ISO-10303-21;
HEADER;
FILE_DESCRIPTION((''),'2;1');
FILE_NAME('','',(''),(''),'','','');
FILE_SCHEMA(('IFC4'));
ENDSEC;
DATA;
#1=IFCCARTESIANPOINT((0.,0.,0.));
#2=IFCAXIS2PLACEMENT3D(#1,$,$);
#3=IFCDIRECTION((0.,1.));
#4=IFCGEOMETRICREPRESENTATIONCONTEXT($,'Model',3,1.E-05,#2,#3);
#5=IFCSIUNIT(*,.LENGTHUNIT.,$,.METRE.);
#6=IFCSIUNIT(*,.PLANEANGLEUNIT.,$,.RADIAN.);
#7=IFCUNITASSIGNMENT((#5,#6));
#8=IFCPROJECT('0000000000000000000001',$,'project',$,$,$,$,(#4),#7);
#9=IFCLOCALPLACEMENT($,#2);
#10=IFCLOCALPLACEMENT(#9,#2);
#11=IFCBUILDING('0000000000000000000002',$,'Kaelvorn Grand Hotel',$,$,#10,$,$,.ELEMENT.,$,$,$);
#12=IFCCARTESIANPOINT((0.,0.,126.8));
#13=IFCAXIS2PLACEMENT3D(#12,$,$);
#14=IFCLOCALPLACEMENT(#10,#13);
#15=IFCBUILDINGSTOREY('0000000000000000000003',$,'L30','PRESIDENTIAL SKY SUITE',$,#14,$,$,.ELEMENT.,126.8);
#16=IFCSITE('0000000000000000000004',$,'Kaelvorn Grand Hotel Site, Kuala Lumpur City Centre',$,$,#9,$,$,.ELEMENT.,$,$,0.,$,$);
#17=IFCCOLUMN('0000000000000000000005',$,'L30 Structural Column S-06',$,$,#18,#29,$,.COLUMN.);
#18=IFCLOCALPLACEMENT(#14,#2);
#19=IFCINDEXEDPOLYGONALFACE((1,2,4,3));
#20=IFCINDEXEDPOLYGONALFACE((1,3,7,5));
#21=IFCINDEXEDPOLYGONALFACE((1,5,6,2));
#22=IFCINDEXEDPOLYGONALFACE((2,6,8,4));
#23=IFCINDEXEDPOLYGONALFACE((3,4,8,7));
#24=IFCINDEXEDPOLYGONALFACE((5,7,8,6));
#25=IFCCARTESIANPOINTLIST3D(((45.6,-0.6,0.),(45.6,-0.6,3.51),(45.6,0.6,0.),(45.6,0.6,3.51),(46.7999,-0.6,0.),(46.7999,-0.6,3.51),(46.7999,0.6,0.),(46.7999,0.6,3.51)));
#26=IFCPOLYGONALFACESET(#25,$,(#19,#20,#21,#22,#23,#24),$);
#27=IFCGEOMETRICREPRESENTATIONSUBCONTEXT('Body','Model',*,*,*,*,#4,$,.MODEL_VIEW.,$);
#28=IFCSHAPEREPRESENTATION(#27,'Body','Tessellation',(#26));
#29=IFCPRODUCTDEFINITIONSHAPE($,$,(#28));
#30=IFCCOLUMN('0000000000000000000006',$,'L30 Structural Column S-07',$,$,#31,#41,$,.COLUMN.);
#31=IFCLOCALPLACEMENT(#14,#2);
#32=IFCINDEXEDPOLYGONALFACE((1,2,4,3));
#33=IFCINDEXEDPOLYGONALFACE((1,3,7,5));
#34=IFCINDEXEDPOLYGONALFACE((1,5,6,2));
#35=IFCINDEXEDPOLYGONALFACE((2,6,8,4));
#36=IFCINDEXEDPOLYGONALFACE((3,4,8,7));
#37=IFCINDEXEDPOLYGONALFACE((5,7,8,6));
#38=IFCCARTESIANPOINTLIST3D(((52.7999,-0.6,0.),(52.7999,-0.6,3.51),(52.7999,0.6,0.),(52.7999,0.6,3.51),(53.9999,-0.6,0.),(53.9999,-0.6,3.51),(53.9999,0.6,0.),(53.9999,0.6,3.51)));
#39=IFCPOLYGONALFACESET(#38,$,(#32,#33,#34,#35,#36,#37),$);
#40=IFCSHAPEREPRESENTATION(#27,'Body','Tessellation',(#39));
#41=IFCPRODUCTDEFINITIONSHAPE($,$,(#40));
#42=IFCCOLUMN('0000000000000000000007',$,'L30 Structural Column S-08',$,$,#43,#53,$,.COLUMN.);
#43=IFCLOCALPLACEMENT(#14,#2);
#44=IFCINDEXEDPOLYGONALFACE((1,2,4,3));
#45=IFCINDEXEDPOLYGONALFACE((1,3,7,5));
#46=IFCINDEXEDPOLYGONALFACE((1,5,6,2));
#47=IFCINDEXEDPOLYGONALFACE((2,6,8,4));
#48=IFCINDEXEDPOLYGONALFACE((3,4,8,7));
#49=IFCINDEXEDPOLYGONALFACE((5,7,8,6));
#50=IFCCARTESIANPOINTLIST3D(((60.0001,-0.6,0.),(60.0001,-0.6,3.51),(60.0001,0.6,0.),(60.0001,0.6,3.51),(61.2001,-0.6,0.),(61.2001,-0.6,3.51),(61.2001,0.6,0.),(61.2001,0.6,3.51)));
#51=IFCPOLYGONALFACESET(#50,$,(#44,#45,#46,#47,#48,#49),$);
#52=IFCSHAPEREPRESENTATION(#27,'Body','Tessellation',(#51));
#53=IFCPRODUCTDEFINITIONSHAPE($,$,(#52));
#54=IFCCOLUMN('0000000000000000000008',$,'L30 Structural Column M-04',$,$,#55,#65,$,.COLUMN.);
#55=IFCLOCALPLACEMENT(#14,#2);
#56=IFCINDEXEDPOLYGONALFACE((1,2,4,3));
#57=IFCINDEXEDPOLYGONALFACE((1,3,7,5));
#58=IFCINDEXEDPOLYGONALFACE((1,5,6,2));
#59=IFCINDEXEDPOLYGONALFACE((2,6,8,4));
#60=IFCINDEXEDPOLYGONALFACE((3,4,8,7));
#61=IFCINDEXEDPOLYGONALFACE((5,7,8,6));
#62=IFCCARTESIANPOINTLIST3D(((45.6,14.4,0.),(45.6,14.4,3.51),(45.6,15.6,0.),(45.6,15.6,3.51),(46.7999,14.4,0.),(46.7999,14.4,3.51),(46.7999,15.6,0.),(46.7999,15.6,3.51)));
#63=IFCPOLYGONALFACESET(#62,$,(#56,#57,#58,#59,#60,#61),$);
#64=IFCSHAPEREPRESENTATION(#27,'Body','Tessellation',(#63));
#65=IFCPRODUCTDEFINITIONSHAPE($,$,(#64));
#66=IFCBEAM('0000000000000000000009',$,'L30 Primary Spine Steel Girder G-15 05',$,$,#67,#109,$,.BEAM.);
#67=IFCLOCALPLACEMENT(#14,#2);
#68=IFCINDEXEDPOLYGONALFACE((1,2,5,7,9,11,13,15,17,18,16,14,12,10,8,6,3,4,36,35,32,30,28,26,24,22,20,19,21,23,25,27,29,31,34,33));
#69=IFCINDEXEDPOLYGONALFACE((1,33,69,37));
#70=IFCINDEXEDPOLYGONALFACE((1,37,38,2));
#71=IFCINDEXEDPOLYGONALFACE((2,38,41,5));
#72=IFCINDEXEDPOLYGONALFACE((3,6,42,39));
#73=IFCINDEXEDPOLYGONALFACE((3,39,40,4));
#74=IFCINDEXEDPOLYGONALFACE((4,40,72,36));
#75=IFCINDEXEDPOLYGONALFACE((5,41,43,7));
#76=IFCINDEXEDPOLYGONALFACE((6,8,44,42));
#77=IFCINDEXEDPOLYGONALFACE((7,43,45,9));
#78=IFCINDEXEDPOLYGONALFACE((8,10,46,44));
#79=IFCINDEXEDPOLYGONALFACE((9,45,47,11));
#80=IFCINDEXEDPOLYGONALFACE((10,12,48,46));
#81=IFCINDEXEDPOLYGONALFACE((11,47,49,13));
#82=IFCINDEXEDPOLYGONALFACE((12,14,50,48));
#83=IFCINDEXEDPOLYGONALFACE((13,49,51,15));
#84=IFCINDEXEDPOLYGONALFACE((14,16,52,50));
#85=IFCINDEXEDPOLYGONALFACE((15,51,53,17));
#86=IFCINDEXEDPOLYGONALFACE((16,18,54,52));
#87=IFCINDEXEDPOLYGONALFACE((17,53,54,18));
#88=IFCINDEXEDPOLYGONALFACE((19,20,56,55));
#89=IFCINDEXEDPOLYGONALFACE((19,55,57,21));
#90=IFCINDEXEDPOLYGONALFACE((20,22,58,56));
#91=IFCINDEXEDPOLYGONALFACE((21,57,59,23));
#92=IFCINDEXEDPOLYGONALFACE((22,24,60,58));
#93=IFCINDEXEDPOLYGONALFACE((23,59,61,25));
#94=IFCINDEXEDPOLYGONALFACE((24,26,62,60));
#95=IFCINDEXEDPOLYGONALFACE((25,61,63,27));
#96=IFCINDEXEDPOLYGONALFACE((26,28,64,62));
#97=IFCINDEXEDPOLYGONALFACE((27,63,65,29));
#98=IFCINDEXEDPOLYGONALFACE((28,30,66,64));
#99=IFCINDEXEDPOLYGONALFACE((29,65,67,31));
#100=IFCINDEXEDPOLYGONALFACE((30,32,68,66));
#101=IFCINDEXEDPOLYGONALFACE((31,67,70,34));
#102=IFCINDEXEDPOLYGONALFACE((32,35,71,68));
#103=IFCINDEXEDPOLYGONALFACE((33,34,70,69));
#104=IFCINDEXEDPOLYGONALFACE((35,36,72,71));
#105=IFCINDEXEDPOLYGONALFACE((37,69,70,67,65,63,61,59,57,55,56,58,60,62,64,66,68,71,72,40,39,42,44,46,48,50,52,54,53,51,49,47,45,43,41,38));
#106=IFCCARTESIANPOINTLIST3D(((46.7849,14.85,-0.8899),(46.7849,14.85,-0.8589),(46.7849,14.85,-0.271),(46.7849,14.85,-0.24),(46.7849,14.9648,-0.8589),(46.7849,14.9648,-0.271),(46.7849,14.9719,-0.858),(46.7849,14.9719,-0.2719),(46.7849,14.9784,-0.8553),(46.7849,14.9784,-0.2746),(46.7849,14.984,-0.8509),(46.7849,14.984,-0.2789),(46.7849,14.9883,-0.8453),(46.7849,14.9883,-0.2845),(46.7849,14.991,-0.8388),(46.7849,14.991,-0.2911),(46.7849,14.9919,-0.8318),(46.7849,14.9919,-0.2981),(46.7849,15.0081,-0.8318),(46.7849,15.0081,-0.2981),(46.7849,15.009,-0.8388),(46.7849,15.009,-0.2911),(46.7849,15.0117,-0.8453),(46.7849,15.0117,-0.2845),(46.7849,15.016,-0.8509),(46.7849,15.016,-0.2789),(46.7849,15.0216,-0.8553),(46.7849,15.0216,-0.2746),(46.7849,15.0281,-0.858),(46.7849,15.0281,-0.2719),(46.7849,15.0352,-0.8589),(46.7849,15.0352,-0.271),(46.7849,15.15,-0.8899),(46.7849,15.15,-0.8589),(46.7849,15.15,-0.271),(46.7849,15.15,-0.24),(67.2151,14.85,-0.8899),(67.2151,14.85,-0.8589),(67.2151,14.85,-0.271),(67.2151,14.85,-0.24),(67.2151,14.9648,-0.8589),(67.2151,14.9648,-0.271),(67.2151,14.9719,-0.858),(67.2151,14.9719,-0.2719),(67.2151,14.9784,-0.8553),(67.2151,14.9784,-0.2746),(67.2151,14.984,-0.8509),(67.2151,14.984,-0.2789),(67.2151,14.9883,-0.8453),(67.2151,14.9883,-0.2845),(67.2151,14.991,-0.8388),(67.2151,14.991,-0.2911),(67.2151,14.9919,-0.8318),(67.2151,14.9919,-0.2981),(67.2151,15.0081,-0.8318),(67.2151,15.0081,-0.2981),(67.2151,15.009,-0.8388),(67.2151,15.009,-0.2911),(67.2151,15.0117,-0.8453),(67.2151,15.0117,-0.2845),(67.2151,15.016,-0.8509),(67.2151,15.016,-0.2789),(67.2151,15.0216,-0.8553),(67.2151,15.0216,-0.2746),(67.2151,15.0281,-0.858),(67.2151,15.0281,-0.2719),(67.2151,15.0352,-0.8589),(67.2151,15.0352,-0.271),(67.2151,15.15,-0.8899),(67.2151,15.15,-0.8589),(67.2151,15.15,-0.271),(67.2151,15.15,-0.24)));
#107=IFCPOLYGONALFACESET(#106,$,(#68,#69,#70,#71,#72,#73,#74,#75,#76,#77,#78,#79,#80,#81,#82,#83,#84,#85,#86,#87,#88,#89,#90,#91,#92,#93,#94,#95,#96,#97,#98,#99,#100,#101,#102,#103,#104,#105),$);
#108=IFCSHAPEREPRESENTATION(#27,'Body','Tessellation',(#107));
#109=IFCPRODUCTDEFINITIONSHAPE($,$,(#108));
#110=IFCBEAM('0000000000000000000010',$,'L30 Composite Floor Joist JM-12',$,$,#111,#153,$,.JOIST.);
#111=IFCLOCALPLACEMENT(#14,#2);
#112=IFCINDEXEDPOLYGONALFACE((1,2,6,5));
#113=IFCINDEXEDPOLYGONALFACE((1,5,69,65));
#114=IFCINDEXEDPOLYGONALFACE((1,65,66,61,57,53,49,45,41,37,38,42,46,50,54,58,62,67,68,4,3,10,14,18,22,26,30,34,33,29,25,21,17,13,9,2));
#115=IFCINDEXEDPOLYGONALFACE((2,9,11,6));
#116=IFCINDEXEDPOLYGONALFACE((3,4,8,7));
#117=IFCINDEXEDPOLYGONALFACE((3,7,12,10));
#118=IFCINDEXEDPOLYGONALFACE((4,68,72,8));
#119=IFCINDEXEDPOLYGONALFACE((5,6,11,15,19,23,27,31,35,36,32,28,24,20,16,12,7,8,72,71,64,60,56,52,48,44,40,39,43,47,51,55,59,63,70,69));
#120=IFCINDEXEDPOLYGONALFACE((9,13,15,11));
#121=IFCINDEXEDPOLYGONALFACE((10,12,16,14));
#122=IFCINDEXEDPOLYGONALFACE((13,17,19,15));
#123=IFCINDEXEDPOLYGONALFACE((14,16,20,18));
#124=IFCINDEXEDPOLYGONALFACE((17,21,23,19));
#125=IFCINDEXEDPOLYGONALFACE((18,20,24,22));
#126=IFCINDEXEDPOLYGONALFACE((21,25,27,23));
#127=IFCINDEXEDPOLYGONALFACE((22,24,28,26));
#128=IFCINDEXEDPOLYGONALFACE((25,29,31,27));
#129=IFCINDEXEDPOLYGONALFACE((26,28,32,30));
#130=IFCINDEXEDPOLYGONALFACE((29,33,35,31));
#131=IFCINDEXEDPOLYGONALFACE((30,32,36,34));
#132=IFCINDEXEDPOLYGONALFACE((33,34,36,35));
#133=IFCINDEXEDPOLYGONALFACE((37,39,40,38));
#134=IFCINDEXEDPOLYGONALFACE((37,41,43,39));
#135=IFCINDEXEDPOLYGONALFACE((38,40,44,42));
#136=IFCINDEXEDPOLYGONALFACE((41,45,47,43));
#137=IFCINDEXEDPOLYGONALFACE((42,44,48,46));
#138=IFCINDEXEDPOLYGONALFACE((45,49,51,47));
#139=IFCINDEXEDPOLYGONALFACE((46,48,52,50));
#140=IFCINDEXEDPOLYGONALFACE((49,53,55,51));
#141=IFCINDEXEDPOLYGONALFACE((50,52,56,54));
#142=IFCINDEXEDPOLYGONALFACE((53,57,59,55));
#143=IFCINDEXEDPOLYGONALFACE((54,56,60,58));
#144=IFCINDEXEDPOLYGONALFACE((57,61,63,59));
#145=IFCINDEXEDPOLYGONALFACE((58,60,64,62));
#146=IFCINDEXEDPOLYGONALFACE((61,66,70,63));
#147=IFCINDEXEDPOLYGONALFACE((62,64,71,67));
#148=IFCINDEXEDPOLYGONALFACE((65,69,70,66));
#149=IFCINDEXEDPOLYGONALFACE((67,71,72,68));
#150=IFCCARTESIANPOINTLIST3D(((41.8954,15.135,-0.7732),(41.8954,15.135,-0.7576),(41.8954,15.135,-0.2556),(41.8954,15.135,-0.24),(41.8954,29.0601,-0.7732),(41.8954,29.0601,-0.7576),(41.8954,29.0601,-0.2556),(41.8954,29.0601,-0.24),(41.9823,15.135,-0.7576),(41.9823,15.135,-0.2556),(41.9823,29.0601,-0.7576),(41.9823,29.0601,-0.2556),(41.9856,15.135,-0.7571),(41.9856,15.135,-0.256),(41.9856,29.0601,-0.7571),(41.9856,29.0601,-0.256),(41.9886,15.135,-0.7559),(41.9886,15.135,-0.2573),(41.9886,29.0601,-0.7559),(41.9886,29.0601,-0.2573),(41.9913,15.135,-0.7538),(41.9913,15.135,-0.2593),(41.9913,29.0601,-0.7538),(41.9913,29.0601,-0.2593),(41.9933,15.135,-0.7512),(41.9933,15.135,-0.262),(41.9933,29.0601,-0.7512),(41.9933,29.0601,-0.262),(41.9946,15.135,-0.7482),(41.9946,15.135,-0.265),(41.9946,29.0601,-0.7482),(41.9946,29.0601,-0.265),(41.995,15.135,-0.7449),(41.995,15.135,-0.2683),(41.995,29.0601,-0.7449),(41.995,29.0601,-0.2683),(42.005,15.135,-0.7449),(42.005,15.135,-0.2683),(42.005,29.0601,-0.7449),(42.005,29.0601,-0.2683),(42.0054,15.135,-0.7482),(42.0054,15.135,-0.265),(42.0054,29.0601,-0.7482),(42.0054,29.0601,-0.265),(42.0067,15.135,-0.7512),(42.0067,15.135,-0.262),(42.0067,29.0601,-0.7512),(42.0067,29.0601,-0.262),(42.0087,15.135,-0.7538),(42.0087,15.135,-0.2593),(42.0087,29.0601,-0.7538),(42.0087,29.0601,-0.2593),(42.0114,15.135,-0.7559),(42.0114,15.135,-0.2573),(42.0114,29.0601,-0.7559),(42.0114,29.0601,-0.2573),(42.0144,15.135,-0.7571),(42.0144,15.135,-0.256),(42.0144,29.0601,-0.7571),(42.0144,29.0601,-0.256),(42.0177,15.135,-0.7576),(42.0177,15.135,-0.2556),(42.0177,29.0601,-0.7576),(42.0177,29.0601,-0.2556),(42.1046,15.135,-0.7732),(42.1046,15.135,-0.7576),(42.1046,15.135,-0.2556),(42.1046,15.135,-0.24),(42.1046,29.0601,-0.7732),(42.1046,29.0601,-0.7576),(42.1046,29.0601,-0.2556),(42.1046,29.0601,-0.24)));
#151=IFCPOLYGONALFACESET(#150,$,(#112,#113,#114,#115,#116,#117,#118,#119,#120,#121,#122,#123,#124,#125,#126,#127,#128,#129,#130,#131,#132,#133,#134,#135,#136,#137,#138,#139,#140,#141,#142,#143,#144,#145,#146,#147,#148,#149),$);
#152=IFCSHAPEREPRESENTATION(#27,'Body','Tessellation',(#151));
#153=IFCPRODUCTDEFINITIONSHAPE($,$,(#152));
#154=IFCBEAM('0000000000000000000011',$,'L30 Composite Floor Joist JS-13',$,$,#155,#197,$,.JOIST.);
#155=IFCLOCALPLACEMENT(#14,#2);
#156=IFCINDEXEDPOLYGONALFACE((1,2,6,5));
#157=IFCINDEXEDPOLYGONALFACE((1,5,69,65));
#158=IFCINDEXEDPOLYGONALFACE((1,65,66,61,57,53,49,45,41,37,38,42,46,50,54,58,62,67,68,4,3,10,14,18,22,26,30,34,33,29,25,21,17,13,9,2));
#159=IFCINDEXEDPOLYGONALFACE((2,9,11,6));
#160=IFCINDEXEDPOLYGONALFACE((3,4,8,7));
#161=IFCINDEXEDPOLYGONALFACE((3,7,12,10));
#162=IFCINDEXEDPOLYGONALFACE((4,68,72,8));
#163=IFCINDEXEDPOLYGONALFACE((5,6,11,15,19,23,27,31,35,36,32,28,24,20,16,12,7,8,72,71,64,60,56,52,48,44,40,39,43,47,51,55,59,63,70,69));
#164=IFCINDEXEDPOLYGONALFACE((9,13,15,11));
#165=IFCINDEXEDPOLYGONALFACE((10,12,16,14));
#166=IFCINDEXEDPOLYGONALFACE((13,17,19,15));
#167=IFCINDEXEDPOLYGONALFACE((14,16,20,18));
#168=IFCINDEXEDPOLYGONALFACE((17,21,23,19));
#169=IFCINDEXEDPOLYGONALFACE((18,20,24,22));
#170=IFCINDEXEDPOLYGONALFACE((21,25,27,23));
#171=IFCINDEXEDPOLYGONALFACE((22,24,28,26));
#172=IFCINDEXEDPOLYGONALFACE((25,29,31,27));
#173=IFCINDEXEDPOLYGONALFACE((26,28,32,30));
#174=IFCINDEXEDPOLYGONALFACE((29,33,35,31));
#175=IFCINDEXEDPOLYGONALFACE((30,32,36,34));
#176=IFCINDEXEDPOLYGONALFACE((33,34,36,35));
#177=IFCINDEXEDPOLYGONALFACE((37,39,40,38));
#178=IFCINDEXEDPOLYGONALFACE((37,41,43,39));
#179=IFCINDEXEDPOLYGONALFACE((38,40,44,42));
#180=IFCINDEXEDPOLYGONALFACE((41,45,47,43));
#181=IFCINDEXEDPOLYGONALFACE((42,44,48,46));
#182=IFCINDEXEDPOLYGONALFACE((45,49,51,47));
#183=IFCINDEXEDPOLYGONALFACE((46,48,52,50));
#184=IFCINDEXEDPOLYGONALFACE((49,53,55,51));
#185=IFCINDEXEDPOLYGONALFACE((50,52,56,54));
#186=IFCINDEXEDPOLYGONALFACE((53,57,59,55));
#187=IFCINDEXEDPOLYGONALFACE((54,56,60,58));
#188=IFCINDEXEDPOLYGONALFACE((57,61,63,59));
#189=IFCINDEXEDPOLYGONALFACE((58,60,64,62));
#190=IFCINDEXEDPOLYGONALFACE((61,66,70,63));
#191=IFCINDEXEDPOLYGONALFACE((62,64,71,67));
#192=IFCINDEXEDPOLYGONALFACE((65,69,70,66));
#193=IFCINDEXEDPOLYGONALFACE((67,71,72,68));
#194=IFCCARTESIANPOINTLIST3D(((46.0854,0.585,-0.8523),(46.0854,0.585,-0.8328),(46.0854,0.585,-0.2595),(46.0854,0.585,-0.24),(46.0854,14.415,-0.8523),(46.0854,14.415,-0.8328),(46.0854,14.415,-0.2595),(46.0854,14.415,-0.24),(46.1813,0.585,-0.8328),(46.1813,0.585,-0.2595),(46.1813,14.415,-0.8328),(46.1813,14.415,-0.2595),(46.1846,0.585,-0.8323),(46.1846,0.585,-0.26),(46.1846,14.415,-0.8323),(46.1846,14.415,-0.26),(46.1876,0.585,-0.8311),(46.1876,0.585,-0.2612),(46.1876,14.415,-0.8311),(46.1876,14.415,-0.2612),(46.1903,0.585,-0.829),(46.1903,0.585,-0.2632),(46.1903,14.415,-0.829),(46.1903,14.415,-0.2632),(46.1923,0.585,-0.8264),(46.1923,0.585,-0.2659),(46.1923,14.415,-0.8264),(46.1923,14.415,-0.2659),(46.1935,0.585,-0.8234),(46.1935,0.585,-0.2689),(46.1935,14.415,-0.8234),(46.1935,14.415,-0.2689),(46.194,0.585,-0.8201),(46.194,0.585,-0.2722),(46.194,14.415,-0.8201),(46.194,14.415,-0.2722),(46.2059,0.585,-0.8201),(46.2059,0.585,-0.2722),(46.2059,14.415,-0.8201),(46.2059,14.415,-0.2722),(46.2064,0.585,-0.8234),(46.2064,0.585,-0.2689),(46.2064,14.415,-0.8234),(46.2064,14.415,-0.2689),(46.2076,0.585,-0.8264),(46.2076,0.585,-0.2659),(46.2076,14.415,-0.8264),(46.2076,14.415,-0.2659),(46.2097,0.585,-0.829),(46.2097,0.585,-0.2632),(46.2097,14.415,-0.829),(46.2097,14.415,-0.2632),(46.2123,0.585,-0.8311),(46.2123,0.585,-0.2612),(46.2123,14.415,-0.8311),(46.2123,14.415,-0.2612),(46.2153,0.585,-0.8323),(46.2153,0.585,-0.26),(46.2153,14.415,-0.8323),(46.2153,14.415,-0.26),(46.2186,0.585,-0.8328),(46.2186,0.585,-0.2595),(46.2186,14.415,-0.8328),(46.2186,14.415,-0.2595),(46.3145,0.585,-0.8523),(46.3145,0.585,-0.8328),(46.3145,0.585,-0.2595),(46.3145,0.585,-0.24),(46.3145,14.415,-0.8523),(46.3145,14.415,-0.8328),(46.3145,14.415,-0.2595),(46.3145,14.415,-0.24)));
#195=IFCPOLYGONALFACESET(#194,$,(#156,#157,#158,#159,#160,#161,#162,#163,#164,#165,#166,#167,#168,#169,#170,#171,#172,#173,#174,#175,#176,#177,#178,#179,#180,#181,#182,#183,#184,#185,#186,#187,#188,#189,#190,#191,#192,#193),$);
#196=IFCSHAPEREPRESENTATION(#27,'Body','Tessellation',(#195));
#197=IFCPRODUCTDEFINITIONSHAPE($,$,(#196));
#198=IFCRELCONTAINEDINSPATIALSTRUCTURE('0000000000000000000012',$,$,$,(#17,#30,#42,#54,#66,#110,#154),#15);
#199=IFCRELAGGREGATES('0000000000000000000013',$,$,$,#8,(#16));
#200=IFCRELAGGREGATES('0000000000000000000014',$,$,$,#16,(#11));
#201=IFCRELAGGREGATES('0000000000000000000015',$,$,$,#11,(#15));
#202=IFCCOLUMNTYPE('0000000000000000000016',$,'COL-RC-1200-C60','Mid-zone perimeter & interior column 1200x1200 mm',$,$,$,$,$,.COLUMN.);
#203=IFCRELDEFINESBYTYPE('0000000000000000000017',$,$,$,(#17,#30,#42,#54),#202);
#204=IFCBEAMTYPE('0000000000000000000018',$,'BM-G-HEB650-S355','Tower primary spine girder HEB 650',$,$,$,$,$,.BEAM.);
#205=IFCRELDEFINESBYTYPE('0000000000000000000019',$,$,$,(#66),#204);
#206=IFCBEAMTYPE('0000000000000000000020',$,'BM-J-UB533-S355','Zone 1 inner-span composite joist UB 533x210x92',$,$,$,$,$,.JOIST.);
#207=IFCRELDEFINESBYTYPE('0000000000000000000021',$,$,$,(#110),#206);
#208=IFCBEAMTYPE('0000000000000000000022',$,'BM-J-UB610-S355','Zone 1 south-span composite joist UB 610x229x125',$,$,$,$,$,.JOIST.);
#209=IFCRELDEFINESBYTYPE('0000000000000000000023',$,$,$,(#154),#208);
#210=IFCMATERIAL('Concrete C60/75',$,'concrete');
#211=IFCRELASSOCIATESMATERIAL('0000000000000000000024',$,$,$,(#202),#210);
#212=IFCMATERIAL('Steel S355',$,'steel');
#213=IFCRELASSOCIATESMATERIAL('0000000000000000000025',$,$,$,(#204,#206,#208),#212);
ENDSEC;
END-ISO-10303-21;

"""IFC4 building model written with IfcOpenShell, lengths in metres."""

from ifc_helpers import new_model, si_unit, direction, frame, origin, origin_2d, place, context, subcontext, project, spatial, rectangle, i_section, extrude, material, material_profile, profile_set, type_object, element, save


model = new_model("IFC4")

# Units and contexts
model_context = context("Model", 3, precision=1e-05, world=origin(), true_north=direction((0.0, 1.0)))
body_context = subcontext(model_context, "Body", "Model", "MODEL_VIEW")
ifc_project = project(units=[si_unit("LENGTHUNIT", "METRE"), si_unit("PLANEANGLEUNIT", "RADIAN")], contexts=[model_context])

# Site, building, storey
site_placement = place(None, origin())
site = spatial("IfcSite", under=ifc_project, at=site_placement, Name="Kaelvorn Grand Hotel Site, Kuala Lumpur City Centre", CompositionType="ELEMENT", RefElevation=0.0)
building_placement = place(site_placement, origin())
building = spatial("IfcBuilding", under=site, at=building_placement, Name="Kaelvorn Grand Hotel", CompositionType="ELEMENT")
storey_placement = place(building_placement, frame((0.0, 0.0, 126.8)))
storey = spatial("IfcBuildingStorey", under=building, at=storey_placement, Name="L30", Description="PRESIDENTIAL SKY SUITE", CompositionType="ELEMENT", Elevation=126.8)

# Columns
ifc_material_1 = material(Name="Concrete C60/75", Category="concrete")
ifc_material_profile_1 = material_profile(ifc_material_1, rectangle(XDim=1.2, YDim=1.2, at=origin_2d()), Name="RC COL 1200x1200")
ifc_profile_set_1 = profile_set([ifc_material_profile_1], Name="Concrete C60/75")
column_type = type_object("IfcColumnType", Name="COL-RC-1200-C60", Description="Mid-zone perimeter & interior column 1200x1200 mm", PredefinedType="COLUMN", material=ifc_profile_set_1)
for number, where, z_axis, x_axis, name in (
    (1, (46.2, 0.0, 0.0), (0.0, 0.0, 1.0), (1.0, 0.0, 0.0), "L30 Structural Column S-06"),
    (2, (53.3999, 0.0, 0.0), (0.0, 0.0, 1.0), (1.0, 0.0, 0.0), "L30 Structural Column S-07"),
    (3, (60.6001, 0.0, 0.0), (0.0, 0.0, 1.0), (1.0, 0.0, 0.0), "L30 Structural Column S-08"),
    (4, (46.2, 15.0, 0.0), (0.0, 0.0, 1.0), (1.0, 0.0, 0.0), "L30 Structural Column M-04"),
):
    element("IfcColumn", number, at=place(storey_placement, frame(where, z_axis=z_axis, x_axis=x_axis)), inside=storey, type_object=column_type, Name=name, PredefinedType="COLUMN", context=body_context, shape_type="SweptSolid", body=[
        extrude(rectangle(XDim=1.2, YDim=1.2, at=origin_2d()), origin(), (0.0, 0.0, 1.0), 3.51),
    ])

# Beams
ifc_material_2 = material(Name="Steel S355", Category="steel")
ifc_material_profile_2 = material_profile(ifc_material_2, i_section(OverallWidth=0.3, OverallDepth=0.6499, WebThickness=0.0161, FlangeThickness=0.031, FilletRadius=0.0271, at=origin_2d()), Name="HEB 650")
ifc_profile_set_2 = profile_set([ifc_material_profile_2], Name="Steel S355")
beam_type_1 = type_object("IfcBeamType", Name="BM-G-HEB650-S355", Description="Tower primary spine girder HEB 650", PredefinedType="BEAM", material=ifc_profile_set_2)
beam_1_placement = place(storey_placement, frame((46.7849, 15.0, -0.5649), z_axis=(1.0, 0.0, 0.0), x_axis=(0.0, 1.0, 0.0)))
element("IfcBeam", 5, at=beam_1_placement, inside=storey, type_object=beam_type_1, Name="L30 Primary Spine Steel Girder G-15 05", PredefinedType="BEAM", context=body_context, shape_type="SweptSolid", body=[
    extrude(i_section(OverallWidth=0.3, OverallDepth=0.6499, WebThickness=0.0161, FlangeThickness=0.031, FilletRadius=0.0271, at=origin_2d()), origin(), (0.0, 0.0, 1.0), 20.4302),
])
ifc_material_profile_3 = material_profile(ifc_material_2, i_section(OverallWidth=0.2092, OverallDepth=0.5332, WebThickness=0.01, FlangeThickness=0.0156, FilletRadius=0.0127, at=origin_2d()), Name="UB 533x210x92")
ifc_profile_set_3 = profile_set([ifc_material_profile_3], Name="Steel S355")
beam_type_2 = type_object("IfcBeamType", Name="BM-J-UB533-S355", Description="Zone 1 inner-span composite joist UB 533x210x92", PredefinedType="JOIST", material=ifc_profile_set_3)
beam_2_placement = place(storey_placement, frame((42.0, 15.135, -0.5066), z_axis=(0.0, 1.0, 0.0), x_axis=(-1.0, 0.0, 0.0)))
element("IfcBeam", 6, at=beam_2_placement, inside=storey, type_object=beam_type_2, Name="L30 Composite Floor Joist JM-12", PredefinedType="JOIST", context=body_context, shape_type="SweptSolid", body=[
    extrude(i_section(OverallWidth=0.2092, OverallDepth=0.5332, WebThickness=0.01, FlangeThickness=0.0156, FilletRadius=0.0127, at=origin_2d()), origin(), (0.0, 0.0, 1.0), 13.925),
])
ifc_material_profile_4 = material_profile(ifc_material_2, i_section(OverallWidth=0.229, OverallDepth=0.6123, WebThickness=0.012, FlangeThickness=0.0195, FilletRadius=0.0127, at=origin_2d()), Name="UB 610x229x125")
ifc_profile_set_4 = profile_set([ifc_material_profile_4], Name="Steel S355")
beam_type_3 = type_object("IfcBeamType", Name="BM-J-UB610-S355", Description="Zone 1 south-span composite joist UB 610x229x125", PredefinedType="JOIST", material=ifc_profile_set_4)
beam_3_placement = place(storey_placement, frame((46.2, 0.585, -0.5461), z_axis=(0.0, 1.0, 0.0), x_axis=(-1.0, 0.0, 0.0)))
element("IfcBeam", 7, at=beam_3_placement, inside=storey, type_object=beam_type_3, Name="L30 Composite Floor Joist JS-13", PredefinedType="JOIST", context=body_context, shape_type="SweptSolid", body=[
    extrude(i_section(OverallWidth=0.229, OverallDepth=0.6123, WebThickness=0.012, FlangeThickness=0.0195, FilletRadius=0.0127, at=origin_2d()), origin(), (0.0, 0.0, 1.0), 13.8301),
])

save(model, "model.ifc")
